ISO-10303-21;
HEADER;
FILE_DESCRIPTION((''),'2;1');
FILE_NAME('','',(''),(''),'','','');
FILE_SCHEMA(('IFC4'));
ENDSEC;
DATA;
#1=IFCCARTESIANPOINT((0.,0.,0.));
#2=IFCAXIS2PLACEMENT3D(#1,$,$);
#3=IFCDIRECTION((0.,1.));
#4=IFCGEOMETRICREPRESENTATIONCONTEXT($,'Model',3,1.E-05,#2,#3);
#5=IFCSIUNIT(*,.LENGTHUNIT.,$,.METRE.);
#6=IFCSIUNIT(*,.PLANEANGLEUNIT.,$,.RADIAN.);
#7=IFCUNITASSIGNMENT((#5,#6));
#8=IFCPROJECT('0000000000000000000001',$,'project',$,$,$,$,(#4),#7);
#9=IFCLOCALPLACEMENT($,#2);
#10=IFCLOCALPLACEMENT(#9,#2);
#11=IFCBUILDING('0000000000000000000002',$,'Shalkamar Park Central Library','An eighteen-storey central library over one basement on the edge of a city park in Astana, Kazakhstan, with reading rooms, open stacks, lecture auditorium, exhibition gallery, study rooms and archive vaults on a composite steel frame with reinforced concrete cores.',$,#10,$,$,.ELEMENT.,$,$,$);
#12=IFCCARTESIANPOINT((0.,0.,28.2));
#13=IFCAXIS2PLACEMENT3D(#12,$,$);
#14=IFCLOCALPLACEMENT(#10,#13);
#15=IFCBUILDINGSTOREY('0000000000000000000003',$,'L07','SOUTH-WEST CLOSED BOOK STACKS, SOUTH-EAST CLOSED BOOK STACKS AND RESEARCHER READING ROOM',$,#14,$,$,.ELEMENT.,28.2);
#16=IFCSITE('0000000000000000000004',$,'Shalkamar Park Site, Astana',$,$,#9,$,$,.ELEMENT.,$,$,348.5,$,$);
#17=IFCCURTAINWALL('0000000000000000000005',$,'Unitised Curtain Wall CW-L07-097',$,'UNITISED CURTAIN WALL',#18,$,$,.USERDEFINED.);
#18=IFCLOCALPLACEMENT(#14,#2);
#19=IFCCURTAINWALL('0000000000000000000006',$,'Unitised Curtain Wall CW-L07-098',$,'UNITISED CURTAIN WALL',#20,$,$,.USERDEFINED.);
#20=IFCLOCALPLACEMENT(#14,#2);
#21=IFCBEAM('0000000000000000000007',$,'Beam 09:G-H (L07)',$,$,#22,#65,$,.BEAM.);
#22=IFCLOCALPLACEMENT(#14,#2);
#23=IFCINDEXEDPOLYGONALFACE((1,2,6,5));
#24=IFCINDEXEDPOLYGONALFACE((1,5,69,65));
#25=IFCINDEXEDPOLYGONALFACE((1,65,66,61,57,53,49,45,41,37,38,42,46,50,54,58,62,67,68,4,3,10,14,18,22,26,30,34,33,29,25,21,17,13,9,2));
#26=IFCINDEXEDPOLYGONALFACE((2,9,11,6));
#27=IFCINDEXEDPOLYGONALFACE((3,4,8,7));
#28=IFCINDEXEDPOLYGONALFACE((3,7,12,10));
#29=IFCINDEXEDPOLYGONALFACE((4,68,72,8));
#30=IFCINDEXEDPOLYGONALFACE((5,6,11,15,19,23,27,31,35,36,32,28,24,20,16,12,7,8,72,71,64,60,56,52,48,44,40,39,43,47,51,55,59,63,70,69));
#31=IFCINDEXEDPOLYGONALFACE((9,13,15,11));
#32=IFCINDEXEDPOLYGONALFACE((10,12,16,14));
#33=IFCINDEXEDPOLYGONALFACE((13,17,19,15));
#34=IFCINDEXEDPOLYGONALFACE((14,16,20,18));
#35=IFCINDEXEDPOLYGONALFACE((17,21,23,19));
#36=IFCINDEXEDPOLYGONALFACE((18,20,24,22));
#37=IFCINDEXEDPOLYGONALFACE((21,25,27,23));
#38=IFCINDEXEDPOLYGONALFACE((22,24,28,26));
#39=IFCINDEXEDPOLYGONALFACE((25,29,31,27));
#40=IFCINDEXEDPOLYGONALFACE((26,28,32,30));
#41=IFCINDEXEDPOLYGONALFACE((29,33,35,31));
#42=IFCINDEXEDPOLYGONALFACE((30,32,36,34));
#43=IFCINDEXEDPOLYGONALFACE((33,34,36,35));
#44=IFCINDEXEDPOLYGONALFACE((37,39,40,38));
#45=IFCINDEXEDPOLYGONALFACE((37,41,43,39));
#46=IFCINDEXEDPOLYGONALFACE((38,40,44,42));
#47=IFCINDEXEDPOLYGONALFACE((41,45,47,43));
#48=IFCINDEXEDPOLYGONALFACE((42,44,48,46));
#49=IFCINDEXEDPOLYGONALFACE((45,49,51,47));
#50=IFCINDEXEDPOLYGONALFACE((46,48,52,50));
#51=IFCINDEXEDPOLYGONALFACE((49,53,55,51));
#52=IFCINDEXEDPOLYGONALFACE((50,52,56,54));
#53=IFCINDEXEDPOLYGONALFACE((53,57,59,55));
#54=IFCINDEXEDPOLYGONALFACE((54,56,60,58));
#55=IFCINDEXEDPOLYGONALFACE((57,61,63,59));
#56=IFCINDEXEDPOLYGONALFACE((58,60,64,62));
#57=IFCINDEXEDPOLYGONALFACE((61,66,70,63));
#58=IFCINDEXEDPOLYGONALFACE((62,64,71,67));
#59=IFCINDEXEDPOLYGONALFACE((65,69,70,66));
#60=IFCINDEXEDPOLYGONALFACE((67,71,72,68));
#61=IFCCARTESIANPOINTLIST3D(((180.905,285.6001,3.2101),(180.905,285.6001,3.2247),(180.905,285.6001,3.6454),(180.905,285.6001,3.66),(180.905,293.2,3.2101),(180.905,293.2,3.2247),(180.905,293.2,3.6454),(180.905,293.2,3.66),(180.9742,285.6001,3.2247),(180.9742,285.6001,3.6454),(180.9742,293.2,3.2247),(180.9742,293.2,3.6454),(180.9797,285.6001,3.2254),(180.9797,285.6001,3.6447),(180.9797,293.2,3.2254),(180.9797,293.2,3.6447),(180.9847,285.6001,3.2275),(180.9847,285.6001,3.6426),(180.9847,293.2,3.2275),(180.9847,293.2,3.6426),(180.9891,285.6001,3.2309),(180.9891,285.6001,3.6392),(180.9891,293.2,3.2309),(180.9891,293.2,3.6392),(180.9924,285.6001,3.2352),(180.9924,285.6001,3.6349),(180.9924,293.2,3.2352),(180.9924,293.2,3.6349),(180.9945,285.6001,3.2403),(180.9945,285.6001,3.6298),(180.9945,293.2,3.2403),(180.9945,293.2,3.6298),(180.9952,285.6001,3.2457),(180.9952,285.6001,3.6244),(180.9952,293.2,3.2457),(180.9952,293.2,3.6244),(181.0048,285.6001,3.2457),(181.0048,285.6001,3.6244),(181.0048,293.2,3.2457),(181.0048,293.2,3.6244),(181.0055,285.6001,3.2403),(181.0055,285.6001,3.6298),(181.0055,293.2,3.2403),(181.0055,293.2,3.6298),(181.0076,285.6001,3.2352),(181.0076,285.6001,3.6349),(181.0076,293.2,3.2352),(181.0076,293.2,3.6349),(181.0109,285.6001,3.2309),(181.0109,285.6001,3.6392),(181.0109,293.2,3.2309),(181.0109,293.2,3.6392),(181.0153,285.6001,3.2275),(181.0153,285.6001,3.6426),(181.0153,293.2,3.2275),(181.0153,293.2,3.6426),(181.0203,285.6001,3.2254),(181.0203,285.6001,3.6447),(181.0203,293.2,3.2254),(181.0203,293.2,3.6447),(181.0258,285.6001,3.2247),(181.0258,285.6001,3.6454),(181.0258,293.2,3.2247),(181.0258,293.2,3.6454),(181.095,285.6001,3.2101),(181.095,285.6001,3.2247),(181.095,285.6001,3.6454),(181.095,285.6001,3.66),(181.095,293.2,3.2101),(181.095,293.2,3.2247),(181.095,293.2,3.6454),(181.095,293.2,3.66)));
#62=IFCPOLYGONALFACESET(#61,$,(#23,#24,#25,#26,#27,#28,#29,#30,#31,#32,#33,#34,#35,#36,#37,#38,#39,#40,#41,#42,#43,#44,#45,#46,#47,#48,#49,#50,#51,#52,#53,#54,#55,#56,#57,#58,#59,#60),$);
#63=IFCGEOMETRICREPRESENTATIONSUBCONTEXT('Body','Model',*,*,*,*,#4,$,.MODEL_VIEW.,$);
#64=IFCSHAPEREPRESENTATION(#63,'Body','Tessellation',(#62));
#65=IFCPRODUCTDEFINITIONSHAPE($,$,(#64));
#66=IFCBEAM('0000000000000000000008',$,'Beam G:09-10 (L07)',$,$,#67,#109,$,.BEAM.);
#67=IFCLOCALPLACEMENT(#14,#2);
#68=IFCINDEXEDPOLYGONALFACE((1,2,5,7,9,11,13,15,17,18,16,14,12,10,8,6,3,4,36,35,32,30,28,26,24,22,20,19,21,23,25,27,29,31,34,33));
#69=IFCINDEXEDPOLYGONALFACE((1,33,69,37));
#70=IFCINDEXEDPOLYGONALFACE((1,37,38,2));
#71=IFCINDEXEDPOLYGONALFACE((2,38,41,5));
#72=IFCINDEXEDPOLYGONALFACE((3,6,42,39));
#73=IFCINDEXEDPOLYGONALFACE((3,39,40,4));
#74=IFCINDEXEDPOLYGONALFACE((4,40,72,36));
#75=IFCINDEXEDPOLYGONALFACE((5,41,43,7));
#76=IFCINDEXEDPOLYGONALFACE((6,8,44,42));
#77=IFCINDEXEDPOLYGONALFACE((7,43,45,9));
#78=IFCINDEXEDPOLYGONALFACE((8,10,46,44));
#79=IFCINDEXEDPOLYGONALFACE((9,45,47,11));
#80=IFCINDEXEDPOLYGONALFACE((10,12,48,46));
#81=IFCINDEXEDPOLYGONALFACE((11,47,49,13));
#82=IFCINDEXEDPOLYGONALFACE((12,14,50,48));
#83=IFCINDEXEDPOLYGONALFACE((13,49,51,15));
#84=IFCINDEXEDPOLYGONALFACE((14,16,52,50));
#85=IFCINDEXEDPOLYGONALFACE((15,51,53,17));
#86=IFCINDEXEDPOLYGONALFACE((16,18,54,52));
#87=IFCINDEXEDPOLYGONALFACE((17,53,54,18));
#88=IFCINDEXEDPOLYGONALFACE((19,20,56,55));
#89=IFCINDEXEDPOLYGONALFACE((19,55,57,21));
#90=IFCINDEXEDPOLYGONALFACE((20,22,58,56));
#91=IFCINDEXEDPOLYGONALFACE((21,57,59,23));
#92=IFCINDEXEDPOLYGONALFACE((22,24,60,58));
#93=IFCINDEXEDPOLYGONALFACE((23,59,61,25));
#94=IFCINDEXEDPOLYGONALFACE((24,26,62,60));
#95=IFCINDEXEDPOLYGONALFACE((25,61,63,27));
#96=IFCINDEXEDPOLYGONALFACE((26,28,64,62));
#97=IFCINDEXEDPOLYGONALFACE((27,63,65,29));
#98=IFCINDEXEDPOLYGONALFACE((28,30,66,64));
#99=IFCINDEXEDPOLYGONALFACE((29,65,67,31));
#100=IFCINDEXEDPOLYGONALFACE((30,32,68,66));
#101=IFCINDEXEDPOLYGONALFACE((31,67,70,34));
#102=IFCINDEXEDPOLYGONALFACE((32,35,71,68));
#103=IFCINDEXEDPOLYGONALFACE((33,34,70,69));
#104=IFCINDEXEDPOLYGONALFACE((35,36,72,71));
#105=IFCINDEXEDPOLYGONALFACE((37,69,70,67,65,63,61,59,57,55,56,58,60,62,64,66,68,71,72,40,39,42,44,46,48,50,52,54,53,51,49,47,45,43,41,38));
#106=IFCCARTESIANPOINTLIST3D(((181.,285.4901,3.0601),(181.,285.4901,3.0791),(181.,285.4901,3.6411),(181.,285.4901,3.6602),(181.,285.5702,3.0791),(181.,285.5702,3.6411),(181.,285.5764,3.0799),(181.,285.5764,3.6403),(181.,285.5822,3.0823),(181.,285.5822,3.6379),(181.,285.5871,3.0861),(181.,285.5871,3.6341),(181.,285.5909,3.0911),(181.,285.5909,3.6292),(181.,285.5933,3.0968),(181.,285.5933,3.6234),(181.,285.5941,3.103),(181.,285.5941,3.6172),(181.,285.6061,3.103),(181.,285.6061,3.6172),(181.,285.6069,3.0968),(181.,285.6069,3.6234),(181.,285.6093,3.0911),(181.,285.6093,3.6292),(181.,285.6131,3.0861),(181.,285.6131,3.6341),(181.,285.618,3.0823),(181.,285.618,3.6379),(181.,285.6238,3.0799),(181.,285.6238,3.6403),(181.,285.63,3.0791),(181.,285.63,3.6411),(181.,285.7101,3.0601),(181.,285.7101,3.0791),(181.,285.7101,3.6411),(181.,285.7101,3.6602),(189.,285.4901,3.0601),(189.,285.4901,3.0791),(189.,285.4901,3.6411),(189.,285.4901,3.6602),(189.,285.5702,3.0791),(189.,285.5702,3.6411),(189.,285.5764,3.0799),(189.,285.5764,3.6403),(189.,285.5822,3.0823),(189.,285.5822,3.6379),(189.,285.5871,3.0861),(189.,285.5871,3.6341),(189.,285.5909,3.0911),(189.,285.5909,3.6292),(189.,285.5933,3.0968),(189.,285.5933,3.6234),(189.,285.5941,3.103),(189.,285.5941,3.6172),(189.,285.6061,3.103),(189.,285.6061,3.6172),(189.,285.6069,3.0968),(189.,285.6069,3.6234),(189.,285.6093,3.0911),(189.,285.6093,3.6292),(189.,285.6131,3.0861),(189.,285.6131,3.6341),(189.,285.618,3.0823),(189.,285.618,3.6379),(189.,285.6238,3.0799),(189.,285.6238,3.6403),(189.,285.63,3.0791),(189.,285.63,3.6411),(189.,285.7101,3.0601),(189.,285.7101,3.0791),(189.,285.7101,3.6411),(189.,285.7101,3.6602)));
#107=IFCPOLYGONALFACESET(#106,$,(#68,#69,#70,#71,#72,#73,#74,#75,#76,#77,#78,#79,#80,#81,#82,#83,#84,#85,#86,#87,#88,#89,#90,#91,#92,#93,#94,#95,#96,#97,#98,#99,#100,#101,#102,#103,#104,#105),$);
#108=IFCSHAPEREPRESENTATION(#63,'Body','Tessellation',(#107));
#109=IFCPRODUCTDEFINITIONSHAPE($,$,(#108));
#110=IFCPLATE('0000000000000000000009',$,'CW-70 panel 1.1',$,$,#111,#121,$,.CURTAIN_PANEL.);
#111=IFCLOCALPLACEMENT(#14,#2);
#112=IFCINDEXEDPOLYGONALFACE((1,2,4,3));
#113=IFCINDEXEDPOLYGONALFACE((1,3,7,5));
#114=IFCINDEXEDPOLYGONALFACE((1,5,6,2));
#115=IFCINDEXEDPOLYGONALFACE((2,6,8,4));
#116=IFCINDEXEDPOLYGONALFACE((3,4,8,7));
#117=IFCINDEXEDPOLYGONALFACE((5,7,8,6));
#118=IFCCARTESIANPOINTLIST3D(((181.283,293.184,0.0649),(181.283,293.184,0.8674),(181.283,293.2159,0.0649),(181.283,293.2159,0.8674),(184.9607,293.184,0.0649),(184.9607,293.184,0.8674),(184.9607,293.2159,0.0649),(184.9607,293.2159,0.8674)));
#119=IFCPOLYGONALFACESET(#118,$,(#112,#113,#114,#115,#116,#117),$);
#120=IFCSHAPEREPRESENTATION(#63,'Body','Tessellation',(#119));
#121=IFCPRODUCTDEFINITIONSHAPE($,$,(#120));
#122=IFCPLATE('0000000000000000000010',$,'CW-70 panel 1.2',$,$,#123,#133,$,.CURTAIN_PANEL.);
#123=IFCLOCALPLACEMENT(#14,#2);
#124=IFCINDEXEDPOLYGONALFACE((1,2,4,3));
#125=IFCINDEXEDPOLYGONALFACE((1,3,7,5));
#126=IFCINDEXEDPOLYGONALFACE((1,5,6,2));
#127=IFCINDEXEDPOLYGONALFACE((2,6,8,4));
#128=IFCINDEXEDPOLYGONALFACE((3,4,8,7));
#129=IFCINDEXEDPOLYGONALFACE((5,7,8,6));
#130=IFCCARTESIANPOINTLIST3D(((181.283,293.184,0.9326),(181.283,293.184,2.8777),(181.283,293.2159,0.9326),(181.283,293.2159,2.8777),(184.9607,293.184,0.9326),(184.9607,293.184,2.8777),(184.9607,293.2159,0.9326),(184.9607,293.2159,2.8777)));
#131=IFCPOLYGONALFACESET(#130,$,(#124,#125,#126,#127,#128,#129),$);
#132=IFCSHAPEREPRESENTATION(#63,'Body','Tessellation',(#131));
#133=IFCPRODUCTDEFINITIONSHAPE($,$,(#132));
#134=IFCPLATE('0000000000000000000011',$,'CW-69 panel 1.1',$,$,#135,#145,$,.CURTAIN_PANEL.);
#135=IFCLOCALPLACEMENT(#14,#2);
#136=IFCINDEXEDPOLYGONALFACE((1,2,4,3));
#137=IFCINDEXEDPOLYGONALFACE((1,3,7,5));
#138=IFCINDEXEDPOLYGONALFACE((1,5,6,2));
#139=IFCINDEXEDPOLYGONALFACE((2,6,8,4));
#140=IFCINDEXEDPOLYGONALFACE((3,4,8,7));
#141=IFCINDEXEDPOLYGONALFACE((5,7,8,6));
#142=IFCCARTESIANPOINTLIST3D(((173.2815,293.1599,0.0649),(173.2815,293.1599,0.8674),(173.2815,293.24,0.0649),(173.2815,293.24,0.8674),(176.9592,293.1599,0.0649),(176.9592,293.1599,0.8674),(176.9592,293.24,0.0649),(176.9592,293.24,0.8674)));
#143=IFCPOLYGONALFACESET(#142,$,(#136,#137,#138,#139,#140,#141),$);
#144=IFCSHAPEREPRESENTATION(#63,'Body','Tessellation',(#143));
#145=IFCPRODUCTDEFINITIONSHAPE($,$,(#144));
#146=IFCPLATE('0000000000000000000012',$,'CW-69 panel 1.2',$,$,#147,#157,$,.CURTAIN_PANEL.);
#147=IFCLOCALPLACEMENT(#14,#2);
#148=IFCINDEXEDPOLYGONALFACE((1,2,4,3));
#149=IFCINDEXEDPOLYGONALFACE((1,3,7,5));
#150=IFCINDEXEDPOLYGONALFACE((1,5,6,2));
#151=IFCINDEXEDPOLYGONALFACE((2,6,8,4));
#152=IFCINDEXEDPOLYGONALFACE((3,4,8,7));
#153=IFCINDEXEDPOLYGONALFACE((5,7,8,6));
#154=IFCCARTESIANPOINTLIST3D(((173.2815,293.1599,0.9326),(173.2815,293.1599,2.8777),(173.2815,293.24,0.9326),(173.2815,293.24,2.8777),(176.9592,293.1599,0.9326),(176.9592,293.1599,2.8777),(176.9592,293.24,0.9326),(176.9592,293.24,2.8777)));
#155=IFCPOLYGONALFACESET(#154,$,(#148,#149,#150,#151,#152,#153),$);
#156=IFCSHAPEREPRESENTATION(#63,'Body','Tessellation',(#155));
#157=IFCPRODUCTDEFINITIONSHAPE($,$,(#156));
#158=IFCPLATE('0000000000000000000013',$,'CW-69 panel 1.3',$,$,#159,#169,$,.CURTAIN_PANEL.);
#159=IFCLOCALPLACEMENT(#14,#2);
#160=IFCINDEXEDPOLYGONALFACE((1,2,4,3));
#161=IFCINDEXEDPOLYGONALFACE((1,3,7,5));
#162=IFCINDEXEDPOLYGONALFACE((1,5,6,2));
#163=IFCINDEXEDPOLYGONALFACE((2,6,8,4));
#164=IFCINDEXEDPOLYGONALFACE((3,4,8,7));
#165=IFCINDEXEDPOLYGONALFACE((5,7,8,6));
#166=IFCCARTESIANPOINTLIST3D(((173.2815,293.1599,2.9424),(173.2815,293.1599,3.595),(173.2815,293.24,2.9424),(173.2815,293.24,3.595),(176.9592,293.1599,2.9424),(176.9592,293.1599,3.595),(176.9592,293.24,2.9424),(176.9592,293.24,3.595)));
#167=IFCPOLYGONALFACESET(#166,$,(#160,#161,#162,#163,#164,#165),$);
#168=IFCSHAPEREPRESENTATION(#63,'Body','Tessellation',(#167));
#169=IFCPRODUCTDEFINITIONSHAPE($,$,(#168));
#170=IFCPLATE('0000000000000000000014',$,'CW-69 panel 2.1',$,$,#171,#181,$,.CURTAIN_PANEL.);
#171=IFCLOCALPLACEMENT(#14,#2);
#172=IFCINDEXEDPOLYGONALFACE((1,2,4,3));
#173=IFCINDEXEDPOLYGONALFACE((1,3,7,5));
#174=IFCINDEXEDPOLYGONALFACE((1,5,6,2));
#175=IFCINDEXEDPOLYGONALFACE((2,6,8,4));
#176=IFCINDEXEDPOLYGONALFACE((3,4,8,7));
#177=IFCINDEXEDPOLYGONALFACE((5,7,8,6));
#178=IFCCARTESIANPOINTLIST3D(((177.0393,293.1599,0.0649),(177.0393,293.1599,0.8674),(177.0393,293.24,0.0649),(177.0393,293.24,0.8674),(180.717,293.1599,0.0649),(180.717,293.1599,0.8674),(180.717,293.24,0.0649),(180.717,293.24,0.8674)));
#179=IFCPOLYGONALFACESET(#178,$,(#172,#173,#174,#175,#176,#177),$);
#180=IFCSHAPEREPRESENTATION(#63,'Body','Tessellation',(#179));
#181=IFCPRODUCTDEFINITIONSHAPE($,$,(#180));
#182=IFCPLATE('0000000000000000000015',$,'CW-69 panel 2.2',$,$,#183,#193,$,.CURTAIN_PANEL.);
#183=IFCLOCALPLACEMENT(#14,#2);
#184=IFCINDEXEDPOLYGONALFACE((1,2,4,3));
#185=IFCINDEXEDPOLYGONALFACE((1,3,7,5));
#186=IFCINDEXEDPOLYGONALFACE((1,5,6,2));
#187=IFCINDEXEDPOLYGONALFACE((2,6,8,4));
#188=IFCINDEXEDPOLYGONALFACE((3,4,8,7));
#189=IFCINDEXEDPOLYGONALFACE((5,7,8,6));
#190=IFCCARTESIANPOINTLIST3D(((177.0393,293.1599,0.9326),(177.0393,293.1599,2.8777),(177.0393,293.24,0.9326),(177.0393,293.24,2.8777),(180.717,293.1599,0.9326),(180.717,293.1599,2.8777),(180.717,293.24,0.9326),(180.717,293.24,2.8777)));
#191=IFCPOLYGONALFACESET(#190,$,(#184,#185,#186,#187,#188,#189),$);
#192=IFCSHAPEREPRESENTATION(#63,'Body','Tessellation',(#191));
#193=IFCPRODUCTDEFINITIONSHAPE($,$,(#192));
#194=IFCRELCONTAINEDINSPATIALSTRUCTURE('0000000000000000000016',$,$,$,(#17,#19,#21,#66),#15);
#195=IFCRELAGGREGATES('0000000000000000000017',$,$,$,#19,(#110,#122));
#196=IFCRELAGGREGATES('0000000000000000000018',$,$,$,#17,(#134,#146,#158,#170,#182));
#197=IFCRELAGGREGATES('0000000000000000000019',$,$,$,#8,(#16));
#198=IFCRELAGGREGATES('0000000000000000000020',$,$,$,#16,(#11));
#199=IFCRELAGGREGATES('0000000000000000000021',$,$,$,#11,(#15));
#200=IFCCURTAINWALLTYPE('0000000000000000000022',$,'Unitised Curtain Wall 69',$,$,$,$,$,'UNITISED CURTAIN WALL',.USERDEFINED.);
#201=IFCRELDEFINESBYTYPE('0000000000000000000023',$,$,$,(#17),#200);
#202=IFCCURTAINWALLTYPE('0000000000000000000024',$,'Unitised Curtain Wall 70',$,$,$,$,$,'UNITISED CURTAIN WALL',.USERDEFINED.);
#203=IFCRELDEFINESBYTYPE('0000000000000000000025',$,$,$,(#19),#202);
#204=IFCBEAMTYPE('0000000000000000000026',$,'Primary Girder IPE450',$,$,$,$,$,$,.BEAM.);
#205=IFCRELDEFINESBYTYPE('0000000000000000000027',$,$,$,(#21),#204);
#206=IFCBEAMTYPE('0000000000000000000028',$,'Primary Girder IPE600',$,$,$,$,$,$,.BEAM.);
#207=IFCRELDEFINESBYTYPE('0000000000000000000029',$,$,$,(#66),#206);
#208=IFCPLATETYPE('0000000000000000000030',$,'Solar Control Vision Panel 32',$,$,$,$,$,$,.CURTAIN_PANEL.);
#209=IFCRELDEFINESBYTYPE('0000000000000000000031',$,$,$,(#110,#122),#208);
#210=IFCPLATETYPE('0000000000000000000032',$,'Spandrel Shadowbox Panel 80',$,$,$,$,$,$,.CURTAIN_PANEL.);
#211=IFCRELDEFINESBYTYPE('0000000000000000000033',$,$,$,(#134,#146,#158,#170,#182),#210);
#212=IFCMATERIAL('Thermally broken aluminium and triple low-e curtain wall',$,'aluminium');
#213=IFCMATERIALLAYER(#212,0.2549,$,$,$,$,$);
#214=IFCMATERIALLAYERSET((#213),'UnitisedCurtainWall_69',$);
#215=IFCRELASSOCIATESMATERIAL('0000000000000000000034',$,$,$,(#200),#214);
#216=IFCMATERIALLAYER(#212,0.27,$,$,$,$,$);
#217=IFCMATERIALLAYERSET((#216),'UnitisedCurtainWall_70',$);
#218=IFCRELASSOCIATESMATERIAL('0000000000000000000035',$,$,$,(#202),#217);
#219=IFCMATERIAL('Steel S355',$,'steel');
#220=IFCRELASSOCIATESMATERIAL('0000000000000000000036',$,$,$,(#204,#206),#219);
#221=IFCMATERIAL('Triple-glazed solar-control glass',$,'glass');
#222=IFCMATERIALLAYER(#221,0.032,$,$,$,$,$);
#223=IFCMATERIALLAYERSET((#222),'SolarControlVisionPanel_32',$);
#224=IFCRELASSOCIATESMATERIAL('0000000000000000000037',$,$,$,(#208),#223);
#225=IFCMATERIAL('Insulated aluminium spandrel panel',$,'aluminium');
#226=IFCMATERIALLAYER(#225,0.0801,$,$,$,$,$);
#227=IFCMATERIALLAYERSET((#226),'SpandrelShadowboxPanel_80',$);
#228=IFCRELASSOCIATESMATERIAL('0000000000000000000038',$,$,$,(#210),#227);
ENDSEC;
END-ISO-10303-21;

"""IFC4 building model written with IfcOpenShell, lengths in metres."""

from ifc_helpers import new_model, si_unit, direction, frame, origin, origin_2d, place, context, subcontext, project, spatial, rectangle, i_section, extrude, material, layer, layer_set, material_profile, profile_set, type_object, element, aggregate, save


model = new_model("IFC4")

# Units and contexts
model_context = context("Model", 3, precision=1e-05, world=origin(), true_north=direction((0.0, 1.0)))
body_context = subcontext(model_context, "Body", "Model", "MODEL_VIEW")
ifc_project = project(units=[si_unit("LENGTHUNIT", "METRE"), si_unit("PLANEANGLEUNIT", "RADIAN")], contexts=[model_context])

# Site, building, storey
site_placement = place(None, origin())
site = spatial("IfcSite", under=ifc_project, at=site_placement, Name="Shalkamar Park Site, Astana", CompositionType="ELEMENT", RefElevation=348.5)
building_placement = place(site_placement, origin())
building = spatial("IfcBuilding", under=site, at=building_placement, Name="Shalkamar Park Central Library", Description="An eighteen-storey central library over one basement on the edge of a city park in Astana, Kazakhstan, with reading rooms, open stacks, lecture auditorium, exhibition gallery, study rooms and archive vaults on a composite steel frame with reinforced concrete cores.", CompositionType="ELEMENT")
storey_placement = place(building_placement, frame((0.0, 0.0, 28.2)))
storey = spatial("IfcBuildingStorey", under=building, at=storey_placement, Name="L07", Description="SOUTH-WEST CLOSED BOOK STACKS, SOUTH-EAST CLOSED BOOK STACKS AND RESEARCHER READING ROOM", CompositionType="ELEMENT", Elevation=28.2)

# Shared definitions
ifc_material_1 = material(Name="Steel S355", Category="steel")

# Curtain wall
ifc_material_2 = material(Name="Thermally broken aluminium and triple low-e curtain wall", Category="aluminium")
ifc_layer_1 = layer(ifc_material_2, 0.2549)
ifc_layer_set_1 = layer_set([ifc_layer_1], Name="UnitisedCurtainWall_69")
curtain_wall_type_1 = type_object("IfcCurtainWallType", Name="Unitised Curtain Wall 69", ElementType="UNITISED CURTAIN WALL", PredefinedType="USERDEFINED", material=ifc_layer_set_1)
curtain_wall_1_placement = place(storey_placement, origin())
curtain_wall_1 = element("IfcCurtainWall", 1, at=curtain_wall_1_placement, inside=storey, type_object=curtain_wall_type_1, Name="Unitised Curtain Wall CW-L07-097", ObjectType="UNITISED CURTAIN WALL", PredefinedType="USERDEFINED")

# Curtain wall
ifc_layer_2 = layer(ifc_material_2, 0.27)
ifc_layer_set_2 = layer_set([ifc_layer_2], Name="UnitisedCurtainWall_70")
curtain_wall_type_2 = type_object("IfcCurtainWallType", Name="Unitised Curtain Wall 70", ElementType="UNITISED CURTAIN WALL", PredefinedType="USERDEFINED", material=ifc_layer_set_2)
curtain_wall_2_placement = place(storey_placement, origin())
curtain_wall_2 = element("IfcCurtainWall", 2, at=curtain_wall_2_placement, inside=storey, type_object=curtain_wall_type_2, Name="Unitised Curtain Wall CW-L07-098", ObjectType="UNITISED CURTAIN WALL", PredefinedType="USERDEFINED")

# Beams
ifc_material_profile_1 = material_profile(ifc_material_1, i_section(OverallWidth=0.1899, OverallDepth=0.45, WebThickness=0.0095, FlangeThickness=0.0146, FilletRadius=0.021, at=origin_2d()), Name="IPE 450")
ifc_profile_set_1 = profile_set([ifc_material_profile_1], Name="Steel S355")
beam_type_1 = type_object("IfcBeamType", Name="Primary Girder IPE450", PredefinedType="BEAM", material=ifc_profile_set_1)
beam_1_placement = place(storey_placement, frame((181.0, 285.6001, 3.4351), z_axis=(0.0, 1.0, 0.0), x_axis=(-1.0, 0.0, 0.0)))
element("IfcBeam", 3, at=beam_1_placement, inside=storey, type_object=beam_type_1, Name="Beam 09:G-H (L07)", PredefinedType="BEAM", context=body_context, shape_type="SweptSolid", body=[
    extrude(i_section(OverallWidth=0.1899, OverallDepth=0.45, WebThickness=0.0095, FlangeThickness=0.0146, FilletRadius=0.021, at=origin_2d()), origin(), (0.0, 0.0, 1.0), 7.5999),
])
ifc_material_profile_2 = material_profile(ifc_material_1, i_section(OverallWidth=0.22, OverallDepth=0.6001, WebThickness=0.012, FlangeThickness=0.019, FilletRadius=0.0239, at=origin_2d()), Name="IPE 600")
ifc_profile_set_2 = profile_set([ifc_material_profile_2], Name="Steel S355")
beam_type_2 = type_object("IfcBeamType", Name="Primary Girder IPE600", PredefinedType="BEAM", material=ifc_profile_set_2)
beam_2_placement = place(storey_placement, frame((181.0, 285.6001, 3.3601), z_axis=(1.0, 0.0, 0.0), x_axis=(0.0, 1.0, 0.0)))
element("IfcBeam", 4, at=beam_2_placement, inside=storey, type_object=beam_type_2, Name="Beam G:09-10 (L07)", PredefinedType="BEAM", context=body_context, shape_type="SweptSolid", body=[
    extrude(i_section(OverallWidth=0.22, OverallDepth=0.6001, WebThickness=0.012, FlangeThickness=0.019, FilletRadius=0.0239, at=origin_2d()), origin(), (0.0, 0.0, 1.0), 8.0),
])

# Plates
ifc_material_3 = material(Name="Triple-glazed solar-control glass", Category="glass")
ifc_layer_3 = layer(ifc_material_3, 0.032)
ifc_layer_set_3 = layer_set([ifc_layer_3], Name="SolarControlVisionPanel_32")
plate_type_1 = type_object("IfcPlateType", Name="Solar Control Vision Panel 32", PredefinedType="CURTAIN_PANEL", material=ifc_layer_set_3)
plate_1_placement = place(storey_placement, frame((183.1218, 293.2, 0.0649), z_axis=(0.0, 0.0, 1.0), x_axis=(1.0, 0.0, 0.0)))
plate_1 = element("IfcPlate", 5, at=plate_1_placement, type_object=plate_type_1, Name="CW-70 panel 1.1", PredefinedType="CURTAIN_PANEL", context=body_context, shape_type="SweptSolid", body=[
    extrude(rectangle(XDim=3.6777, YDim=0.032, at=origin_2d()), origin(), (0.0, 0.0, 1.0), 0.8025),
])
plate_2_placement = place(storey_placement, frame((183.1218, 293.2, 0.9326), z_axis=(0.0, 0.0, 1.0), x_axis=(1.0, 0.0, 0.0)))
plate_2 = element("IfcPlate", 6, at=plate_2_placement, type_object=plate_type_1, Name="CW-70 panel 1.2", PredefinedType="CURTAIN_PANEL", context=body_context, shape_type="SweptSolid", body=[
    extrude(rectangle(XDim=3.6777, YDim=0.032, at=origin_2d()), origin(), (0.0, 0.0, 1.0), 1.9451),
])
aggregate(curtain_wall_2, [plate_1, plate_2])
ifc_material_4 = material(Name="Insulated aluminium spandrel panel", Category="aluminium")
ifc_layer_4 = layer(ifc_material_4, 0.0801)
ifc_layer_set_4 = layer_set([ifc_layer_4], Name="SpandrelShadowboxPanel_80")
plate_type_2 = type_object("IfcPlateType", Name="Spandrel Shadowbox Panel 80", PredefinedType="CURTAIN_PANEL", material=ifc_layer_set_4)
plate_3_placement = place(storey_placement, frame((175.1204, 293.2, 0.0649), z_axis=(0.0, 0.0, 1.0), x_axis=(1.0, 0.0, 0.0)))
plate_3 = element("IfcPlate", 7, at=plate_3_placement, type_object=plate_type_2, Name="CW-69 panel 1.1", PredefinedType="CURTAIN_PANEL", context=body_context, shape_type="SweptSolid", body=[
    extrude(rectangle(XDim=3.6777, YDim=0.0801, at=origin_2d()), origin(), (0.0, 0.0, 1.0), 0.8025),
])
plate_4_placement = place(storey_placement, frame((175.1204, 293.2, 0.9326), z_axis=(0.0, 0.0, 1.0), x_axis=(1.0, 0.0, 0.0)))
plate_4 = element("IfcPlate", 8, at=plate_4_placement, type_object=plate_type_2, Name="CW-69 panel 1.2", PredefinedType="CURTAIN_PANEL", context=body_context, shape_type="SweptSolid", body=[
    extrude(rectangle(XDim=3.6777, YDim=0.0801, at=origin_2d()), origin(), (0.0, 0.0, 1.0), 1.9451),
])
plate_5_placement = place(storey_placement, frame((175.1204, 293.2, 2.9424), z_axis=(0.0, 0.0, 1.0), x_axis=(1.0, 0.0, 0.0)))
plate_5 = element("IfcPlate", 9, at=plate_5_placement, type_object=plate_type_2, Name="CW-69 panel 1.3", PredefinedType="CURTAIN_PANEL", context=body_context, shape_type="SweptSolid", body=[
    extrude(rectangle(XDim=3.6777, YDim=0.0801, at=origin_2d()), origin(), (0.0, 0.0, 1.0), 0.6526),
])
plate_6_placement = place(storey_placement, frame((178.8782, 293.2, 0.0649), z_axis=(0.0, 0.0, 1.0), x_axis=(1.0, 0.0, 0.0)))
plate_6 = element("IfcPlate", 10, at=plate_6_placement, type_object=plate_type_2, Name="CW-69 panel 2.1", PredefinedType="CURTAIN_PANEL", context=body_context, shape_type="SweptSolid", body=[
    extrude(rectangle(XDim=3.6777, YDim=0.0801, at=origin_2d()), origin(), (0.0, 0.0, 1.0), 0.8025),
])
plate_7_placement = place(storey_placement, frame((178.8782, 293.2, 0.9326), z_axis=(0.0, 0.0, 1.0), x_axis=(1.0, 0.0, 0.0)))
plate_7 = element("IfcPlate", 11, at=plate_7_placement, type_object=plate_type_2, Name="CW-69 panel 2.2", PredefinedType="CURTAIN_PANEL", context=body_context, shape_type="SweptSolid", body=[
    extrude(rectangle(XDim=3.6777, YDim=0.0801, at=origin_2d()), origin(), (0.0, 0.0, 1.0), 1.9451),
])
aggregate(curtain_wall_1, [plate_3, plate_4, plate_5, plate_6, plate_7])

save(model, "model.ifc")
